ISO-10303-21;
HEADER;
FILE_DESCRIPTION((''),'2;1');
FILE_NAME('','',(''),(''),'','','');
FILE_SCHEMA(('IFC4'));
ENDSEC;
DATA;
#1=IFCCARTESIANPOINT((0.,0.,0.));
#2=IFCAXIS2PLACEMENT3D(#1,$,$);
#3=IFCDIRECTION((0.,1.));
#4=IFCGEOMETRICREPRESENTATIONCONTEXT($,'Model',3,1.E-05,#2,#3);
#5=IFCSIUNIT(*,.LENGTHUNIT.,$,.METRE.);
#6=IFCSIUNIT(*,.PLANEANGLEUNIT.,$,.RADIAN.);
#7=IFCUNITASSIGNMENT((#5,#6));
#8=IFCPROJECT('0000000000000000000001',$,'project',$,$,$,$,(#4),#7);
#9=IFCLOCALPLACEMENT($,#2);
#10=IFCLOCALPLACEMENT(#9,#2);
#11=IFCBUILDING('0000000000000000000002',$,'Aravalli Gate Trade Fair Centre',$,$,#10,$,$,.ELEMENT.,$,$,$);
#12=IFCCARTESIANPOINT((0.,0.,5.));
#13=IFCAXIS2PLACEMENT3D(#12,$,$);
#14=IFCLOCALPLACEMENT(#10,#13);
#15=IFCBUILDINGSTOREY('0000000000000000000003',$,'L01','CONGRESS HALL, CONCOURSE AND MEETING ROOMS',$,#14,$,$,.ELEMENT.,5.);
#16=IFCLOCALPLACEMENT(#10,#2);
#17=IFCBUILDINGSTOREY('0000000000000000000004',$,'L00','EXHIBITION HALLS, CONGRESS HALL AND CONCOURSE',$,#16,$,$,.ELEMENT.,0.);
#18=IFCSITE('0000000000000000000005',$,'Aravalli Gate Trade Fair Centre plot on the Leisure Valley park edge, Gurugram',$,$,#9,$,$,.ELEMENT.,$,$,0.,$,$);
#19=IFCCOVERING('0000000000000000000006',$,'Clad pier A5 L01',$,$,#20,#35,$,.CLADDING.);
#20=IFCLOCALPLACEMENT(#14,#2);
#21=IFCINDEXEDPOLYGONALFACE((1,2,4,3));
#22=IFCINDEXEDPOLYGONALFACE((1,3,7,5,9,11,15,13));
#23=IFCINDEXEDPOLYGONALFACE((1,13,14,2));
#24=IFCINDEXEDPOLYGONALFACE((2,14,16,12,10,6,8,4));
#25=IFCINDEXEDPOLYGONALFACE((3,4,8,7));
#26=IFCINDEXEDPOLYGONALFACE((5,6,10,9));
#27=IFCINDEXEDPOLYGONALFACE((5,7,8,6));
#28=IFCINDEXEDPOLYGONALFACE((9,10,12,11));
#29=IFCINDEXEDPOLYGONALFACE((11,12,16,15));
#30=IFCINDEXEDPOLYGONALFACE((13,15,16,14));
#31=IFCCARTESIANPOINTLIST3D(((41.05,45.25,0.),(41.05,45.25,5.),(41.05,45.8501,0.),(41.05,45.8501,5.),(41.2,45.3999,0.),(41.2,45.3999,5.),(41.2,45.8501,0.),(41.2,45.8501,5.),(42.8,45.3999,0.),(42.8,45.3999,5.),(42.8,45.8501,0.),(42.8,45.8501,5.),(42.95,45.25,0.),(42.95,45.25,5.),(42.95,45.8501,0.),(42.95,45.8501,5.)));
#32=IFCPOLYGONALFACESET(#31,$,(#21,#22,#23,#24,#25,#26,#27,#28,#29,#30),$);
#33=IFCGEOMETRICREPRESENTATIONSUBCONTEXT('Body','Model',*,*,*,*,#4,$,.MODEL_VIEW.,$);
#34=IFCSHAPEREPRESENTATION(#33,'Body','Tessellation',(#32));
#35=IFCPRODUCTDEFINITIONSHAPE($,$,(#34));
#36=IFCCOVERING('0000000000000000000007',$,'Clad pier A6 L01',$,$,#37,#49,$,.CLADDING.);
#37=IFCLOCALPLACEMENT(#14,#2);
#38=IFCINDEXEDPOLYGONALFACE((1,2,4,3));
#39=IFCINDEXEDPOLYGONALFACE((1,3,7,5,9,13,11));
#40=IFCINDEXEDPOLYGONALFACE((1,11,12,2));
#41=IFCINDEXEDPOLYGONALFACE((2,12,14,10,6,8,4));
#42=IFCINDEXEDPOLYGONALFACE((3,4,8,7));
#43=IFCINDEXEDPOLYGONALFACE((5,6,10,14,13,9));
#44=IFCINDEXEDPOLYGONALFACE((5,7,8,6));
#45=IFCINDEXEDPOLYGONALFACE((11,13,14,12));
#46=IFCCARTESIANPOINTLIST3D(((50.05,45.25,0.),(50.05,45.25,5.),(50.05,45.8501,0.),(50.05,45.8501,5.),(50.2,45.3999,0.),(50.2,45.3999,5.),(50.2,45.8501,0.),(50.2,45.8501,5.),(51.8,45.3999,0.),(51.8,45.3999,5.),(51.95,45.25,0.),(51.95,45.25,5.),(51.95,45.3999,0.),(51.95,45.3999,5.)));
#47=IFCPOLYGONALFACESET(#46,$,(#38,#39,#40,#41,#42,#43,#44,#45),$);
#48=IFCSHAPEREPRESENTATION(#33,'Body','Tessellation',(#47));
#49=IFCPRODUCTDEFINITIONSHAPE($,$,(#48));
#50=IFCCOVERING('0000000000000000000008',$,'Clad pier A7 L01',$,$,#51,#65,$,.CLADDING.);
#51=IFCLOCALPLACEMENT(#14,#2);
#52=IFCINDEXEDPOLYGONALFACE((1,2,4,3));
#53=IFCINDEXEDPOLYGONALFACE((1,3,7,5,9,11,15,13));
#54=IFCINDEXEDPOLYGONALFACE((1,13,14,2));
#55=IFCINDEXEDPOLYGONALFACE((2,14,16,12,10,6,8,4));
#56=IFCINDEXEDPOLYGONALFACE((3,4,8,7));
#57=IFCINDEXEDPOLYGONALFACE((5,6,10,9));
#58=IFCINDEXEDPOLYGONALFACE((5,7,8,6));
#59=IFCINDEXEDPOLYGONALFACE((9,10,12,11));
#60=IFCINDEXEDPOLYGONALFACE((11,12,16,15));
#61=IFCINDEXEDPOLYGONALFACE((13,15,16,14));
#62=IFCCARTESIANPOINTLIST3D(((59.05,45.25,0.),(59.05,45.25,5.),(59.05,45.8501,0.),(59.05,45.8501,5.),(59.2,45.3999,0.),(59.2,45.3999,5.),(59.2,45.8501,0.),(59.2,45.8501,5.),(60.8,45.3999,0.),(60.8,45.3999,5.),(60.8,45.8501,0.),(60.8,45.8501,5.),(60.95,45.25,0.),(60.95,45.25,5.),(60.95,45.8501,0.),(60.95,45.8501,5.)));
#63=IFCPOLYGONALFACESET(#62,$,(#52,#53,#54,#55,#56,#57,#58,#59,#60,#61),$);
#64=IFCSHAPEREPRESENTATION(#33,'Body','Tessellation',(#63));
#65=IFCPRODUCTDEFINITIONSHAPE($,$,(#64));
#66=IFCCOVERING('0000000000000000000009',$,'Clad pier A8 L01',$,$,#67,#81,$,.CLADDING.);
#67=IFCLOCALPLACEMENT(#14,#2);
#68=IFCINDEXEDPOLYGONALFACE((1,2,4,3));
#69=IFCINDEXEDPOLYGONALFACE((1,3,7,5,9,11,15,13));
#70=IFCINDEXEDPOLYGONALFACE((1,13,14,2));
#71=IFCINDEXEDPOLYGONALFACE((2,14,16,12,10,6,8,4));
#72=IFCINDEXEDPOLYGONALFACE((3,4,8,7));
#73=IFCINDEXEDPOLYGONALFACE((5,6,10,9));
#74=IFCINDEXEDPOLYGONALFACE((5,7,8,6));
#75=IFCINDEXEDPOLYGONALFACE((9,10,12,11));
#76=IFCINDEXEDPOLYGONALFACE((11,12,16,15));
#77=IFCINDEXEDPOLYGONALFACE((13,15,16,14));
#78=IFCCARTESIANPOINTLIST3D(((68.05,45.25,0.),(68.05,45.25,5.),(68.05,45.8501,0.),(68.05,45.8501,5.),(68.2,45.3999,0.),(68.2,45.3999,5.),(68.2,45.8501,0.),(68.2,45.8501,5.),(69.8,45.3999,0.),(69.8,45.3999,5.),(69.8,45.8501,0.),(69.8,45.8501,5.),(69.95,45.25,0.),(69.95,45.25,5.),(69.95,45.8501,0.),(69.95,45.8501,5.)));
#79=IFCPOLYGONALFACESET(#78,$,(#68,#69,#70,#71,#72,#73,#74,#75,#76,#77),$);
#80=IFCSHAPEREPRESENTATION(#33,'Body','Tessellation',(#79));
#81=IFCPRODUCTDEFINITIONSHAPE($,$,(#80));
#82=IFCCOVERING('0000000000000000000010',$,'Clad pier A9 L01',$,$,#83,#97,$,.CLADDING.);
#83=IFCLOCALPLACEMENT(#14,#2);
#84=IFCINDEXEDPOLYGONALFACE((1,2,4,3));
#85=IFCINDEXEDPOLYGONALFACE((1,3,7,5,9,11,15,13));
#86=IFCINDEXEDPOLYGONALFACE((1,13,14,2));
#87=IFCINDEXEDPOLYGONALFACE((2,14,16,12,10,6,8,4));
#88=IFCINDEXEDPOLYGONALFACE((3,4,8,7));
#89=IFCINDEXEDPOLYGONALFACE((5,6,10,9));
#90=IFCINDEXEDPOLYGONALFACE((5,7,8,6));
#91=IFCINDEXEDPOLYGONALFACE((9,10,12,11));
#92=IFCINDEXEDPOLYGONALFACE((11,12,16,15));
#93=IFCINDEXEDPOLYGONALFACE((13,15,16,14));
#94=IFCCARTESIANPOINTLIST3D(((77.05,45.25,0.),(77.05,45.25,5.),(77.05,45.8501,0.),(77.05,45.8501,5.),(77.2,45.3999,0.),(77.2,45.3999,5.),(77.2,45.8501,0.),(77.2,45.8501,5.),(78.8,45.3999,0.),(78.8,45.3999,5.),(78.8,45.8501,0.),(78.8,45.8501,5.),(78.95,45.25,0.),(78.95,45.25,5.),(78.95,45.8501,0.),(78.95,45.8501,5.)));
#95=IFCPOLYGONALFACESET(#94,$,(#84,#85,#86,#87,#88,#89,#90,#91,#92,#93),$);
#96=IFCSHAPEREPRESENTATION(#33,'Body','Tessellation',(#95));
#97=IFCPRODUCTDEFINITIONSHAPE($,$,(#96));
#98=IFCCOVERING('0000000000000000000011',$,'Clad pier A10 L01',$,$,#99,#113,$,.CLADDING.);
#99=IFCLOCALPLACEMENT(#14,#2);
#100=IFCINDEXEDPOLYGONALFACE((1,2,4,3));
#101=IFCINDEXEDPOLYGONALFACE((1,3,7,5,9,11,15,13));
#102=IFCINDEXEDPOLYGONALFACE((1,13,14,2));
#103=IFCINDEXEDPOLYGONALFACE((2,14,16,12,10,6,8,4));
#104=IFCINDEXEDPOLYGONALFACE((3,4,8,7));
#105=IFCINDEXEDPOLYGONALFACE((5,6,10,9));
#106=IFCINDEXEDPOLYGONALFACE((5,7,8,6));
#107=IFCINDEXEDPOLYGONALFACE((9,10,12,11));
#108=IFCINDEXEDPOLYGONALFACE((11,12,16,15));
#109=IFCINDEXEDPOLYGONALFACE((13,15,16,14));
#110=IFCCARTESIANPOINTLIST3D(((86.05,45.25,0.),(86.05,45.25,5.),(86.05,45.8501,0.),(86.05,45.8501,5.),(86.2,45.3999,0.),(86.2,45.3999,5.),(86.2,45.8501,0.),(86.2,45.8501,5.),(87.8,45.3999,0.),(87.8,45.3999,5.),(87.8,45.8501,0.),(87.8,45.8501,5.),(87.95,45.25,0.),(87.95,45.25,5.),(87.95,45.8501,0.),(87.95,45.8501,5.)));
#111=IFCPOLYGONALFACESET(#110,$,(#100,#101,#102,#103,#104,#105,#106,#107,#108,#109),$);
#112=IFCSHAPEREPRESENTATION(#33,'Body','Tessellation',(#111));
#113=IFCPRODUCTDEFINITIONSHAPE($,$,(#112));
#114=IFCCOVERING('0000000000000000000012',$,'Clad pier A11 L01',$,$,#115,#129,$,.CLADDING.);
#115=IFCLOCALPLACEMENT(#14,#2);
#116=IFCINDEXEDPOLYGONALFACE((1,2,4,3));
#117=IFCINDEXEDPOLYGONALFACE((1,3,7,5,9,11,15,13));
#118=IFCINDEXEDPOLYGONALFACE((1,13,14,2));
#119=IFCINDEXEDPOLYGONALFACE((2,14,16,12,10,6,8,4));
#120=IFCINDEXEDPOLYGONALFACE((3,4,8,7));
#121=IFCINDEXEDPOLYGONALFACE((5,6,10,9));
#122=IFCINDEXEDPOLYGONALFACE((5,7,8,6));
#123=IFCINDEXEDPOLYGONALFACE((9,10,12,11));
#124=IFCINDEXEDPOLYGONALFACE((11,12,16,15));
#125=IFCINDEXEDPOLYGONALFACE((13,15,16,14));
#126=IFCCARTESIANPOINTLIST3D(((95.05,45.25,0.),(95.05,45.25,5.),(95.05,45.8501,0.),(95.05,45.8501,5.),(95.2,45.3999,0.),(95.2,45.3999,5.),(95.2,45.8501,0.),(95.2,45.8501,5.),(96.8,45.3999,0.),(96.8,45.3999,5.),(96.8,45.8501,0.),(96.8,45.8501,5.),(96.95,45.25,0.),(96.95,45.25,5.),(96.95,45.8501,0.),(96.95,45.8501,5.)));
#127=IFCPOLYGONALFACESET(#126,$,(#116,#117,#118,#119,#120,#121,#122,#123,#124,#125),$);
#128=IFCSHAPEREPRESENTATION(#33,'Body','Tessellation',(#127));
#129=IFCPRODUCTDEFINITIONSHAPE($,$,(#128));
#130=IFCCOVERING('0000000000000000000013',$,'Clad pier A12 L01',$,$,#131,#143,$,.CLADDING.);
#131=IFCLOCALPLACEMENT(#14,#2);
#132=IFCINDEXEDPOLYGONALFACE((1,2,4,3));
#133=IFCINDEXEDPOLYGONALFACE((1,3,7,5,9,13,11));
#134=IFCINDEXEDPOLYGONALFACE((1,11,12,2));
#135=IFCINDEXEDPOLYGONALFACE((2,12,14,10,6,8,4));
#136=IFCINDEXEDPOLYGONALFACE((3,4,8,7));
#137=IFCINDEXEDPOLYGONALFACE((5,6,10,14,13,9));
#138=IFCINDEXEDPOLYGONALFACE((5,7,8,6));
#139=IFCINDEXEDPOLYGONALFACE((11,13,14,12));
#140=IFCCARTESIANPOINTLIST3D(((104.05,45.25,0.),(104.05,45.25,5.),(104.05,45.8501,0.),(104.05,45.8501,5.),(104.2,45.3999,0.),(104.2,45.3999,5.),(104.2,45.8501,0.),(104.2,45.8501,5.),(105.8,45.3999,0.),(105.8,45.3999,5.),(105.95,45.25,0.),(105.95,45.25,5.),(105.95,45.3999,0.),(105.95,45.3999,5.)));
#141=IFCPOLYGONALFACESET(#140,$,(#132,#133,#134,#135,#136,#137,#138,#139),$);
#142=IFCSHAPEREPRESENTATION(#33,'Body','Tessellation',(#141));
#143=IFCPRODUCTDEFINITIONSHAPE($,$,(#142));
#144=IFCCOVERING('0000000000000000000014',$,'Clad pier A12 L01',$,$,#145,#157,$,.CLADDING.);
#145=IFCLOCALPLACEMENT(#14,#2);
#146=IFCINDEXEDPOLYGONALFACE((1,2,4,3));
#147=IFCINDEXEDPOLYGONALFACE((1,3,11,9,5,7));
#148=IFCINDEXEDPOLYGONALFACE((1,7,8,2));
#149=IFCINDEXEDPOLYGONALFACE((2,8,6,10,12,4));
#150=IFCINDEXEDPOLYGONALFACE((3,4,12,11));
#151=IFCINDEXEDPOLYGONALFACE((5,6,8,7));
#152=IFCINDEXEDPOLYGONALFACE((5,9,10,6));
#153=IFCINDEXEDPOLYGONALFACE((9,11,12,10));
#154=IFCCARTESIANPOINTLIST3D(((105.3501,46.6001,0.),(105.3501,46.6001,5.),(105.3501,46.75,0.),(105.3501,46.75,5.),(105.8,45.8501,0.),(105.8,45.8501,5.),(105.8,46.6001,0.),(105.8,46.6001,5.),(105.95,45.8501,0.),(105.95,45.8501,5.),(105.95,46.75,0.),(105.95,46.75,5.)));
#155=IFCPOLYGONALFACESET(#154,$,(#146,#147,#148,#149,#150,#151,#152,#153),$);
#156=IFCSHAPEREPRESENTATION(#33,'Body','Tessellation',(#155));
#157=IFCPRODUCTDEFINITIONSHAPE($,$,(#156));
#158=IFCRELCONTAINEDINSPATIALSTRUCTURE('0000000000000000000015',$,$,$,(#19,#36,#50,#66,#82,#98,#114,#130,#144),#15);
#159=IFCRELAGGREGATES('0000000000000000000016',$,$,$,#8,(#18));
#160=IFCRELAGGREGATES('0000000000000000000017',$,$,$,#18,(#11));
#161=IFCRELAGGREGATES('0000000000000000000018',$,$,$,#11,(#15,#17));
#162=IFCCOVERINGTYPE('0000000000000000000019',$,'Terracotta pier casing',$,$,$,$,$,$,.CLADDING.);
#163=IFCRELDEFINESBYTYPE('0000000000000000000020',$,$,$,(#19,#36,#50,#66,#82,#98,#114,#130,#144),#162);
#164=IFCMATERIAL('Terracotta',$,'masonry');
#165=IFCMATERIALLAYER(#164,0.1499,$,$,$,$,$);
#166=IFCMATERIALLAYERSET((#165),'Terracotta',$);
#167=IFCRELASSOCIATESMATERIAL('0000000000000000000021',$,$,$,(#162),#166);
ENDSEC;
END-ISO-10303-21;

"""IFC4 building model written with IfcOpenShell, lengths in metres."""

from ifc_helpers import new_model, si_unit, direction, frame, origin, place, context, subcontext, project, spatial, polyline, outline, extrude, material, layer, layer_set, type_object, element, save


model = new_model("IFC4")

# Units and contexts
model_context = context("Model", 3, precision=1e-05, world=origin(), true_north=direction((0.0, 1.0)))
body_context = subcontext(model_context, "Body", "Model", "MODEL_VIEW")
ifc_project = project(units=[si_unit("LENGTHUNIT", "METRE"), si_unit("PLANEANGLEUNIT", "RADIAN")], contexts=[model_context])

# Site, building, storey
site_placement = place(None, origin())
site = spatial("IfcSite", under=ifc_project, at=site_placement, Name="Aravalli Gate Trade Fair Centre plot on the Leisure Valley park edge, Gurugram", CompositionType="ELEMENT", RefElevation=0.0)
building_placement = place(site_placement, origin())
building = spatial("IfcBuilding", under=site, at=building_placement, Name="Aravalli Gate Trade Fair Centre", CompositionType="ELEMENT")
storey_1_placement = place(building_placement, frame((0.0, 0.0, 5.0)))
storey_1 = spatial("IfcBuildingStorey", under=building, at=storey_1_placement, Name="L01", Description="CONGRESS HALL, CONCOURSE AND MEETING ROOMS", CompositionType="ELEMENT", Elevation=5.0)

# Shared definitions
storey_2_placement = place(building_placement, origin())
storey_2 = spatial("IfcBuildingStorey", under=building, at=storey_2_placement, Name="L00", Description="EXHIBITION HALLS, CONGRESS HALL AND CONCOURSE", CompositionType="ELEMENT", Elevation=0.0)

# Coverings
ifc_material_1 = material(Name="Terracotta", Category="masonry")
ifc_layer_1 = layer(ifc_material_1, 0.1499)
ifc_layer_set_1 = layer_set([ifc_layer_1], Name="Terracotta")
covering_type_1 = type_object("IfcCoveringType", Name="Terracotta pier casing", PredefinedType="CLADDING", material=ifc_layer_set_1)
covering_1_placement = place(storey_1_placement, origin())
element("IfcCovering", 1, at=covering_1_placement, inside=storey_1, type_object=covering_type_1, Name="Clad pier A5 L01", PredefinedType="CLADDING", context=body_context, shape_type="SweptSolid", body=[
    extrude(outline(polyline([(41.05, 45.8501), (41.2, 45.8501), (41.2, 45.3999), (42.8, 45.3999), (42.8, 45.8501), (42.95, 45.8501), (42.95, 45.25), (41.05, 45.25), (41.05, 45.8501)])), origin(), (0.0, 0.0, 1.0), 5.0),
])
covering_2_placement = place(storey_1_placement, origin())
element("IfcCovering", 2, at=covering_2_placement, inside=storey_1, type_object=covering_type_1, Name="Clad pier A6 L01", PredefinedType="CLADDING", context=body_context, shape_type="SweptSolid", body=[
    extrude(outline(polyline([(50.2, 45.8501), (50.2, 45.3999), (51.8, 45.3999), (51.95, 45.3999), (51.95, 45.25), (50.05, 45.25), (50.05, 45.8501), (50.2, 45.8501)])), origin(), (0.0, 0.0, 1.0), 5.0),
])
covering_3_placement = place(storey_1_placement, origin())
element("IfcCovering", 3, at=covering_3_placement, inside=storey_1, type_object=covering_type_1, Name="Clad pier A7 L01", PredefinedType="CLADDING", context=body_context, shape_type="SweptSolid", body=[
    extrude(outline(polyline([(59.05, 45.8501), (59.2, 45.8501), (59.2, 45.3999), (60.8, 45.3999), (60.8, 45.8501), (60.95, 45.8501), (60.95, 45.25), (59.05, 45.25), (59.05, 45.8501)])), origin(), (0.0, 0.0, 1.0), 5.0),
])
covering_4_placement = place(storey_1_placement, origin())
element("IfcCovering", 4, at=covering_4_placement, inside=storey_1, type_object=covering_type_1, Name="Clad pier A8 L01", PredefinedType="CLADDING", context=body_context, shape_type="SweptSolid", body=[
    extrude(outline(polyline([(68.05, 45.8501), (68.2, 45.8501), (68.2, 45.3999), (69.8, 45.3999), (69.8, 45.8501), (69.95, 45.8501), (69.95, 45.25), (68.05, 45.25), (68.05, 45.8501)])), origin(), (0.0, 0.0, 1.0), 5.0),
])
covering_5_placement = place(storey_1_placement, origin())
element("IfcCovering", 5, at=covering_5_placement, inside=storey_1, type_object=covering_type_1, Name="Clad pier A9 L01", PredefinedType="CLADDING", context=body_context, shape_type="SweptSolid", body=[
    extrude(outline(polyline([(77.05, 45.8501), (77.2, 45.8501), (77.2, 45.3999), (78.8, 45.3999), (78.8, 45.8501), (78.95, 45.8501), (78.95, 45.25), (77.05, 45.25), (77.05, 45.8501)])), origin(), (0.0, 0.0, 1.0), 5.0),
])
covering_6_placement = place(storey_1_placement, origin())
element("IfcCovering", 6, at=covering_6_placement, inside=storey_1, type_object=covering_type_1, Name="Clad pier A10 L01", PredefinedType="CLADDING", context=body_context, shape_type="SweptSolid", body=[
    extrude(outline(polyline([(86.05, 45.8501), (86.2, 45.8501), (86.2, 45.3999), (87.8, 45.3999), (87.8, 45.8501), (87.95, 45.8501), (87.95, 45.25), (86.05, 45.25), (86.05, 45.8501)])), origin(), (0.0, 0.0, 1.0), 5.0),
])
covering_7_placement = place(storey_1_placement, origin())
element("IfcCovering", 7, at=covering_7_placement, inside=storey_1, type_object=covering_type_1, Name="Clad pier A11 L01", PredefinedType="CLADDING", context=body_context, shape_type="SweptSolid", body=[
    extrude(outline(polyline([(95.05, 45.8501), (95.2, 45.8501), (95.2, 45.3999), (96.8, 45.3999), (96.8, 45.8501), (96.95, 45.8501), (96.95, 45.25), (95.05, 45.25), (95.05, 45.8501)])), origin(), (0.0, 0.0, 1.0), 5.0),
])
covering_8_placement = place(storey_1_placement, origin())
element("IfcCovering", 8, at=covering_8_placement, inside=storey_1, type_object=covering_type_1, Name="Clad pier A12 L01", PredefinedType="CLADDING", context=body_context, shape_type="SweptSolid", body=[
    extrude(outline(polyline([(104.2, 45.8501), (104.2, 45.3999), (105.8, 45.3999), (105.95, 45.3999), (105.95, 45.25), (104.05, 45.25), (104.05, 45.8501), (104.2, 45.8501)])), origin(), (0.0, 0.0, 1.0), 5.0),
])
covering_9_placement = place(storey_1_placement, origin())
element("IfcCovering", 9, at=covering_9_placement, inside=storey_1, type_object=covering_type_1, Name="Clad pier A12 L01", PredefinedType="CLADDING", context=body_context, shape_type="SweptSolid", body=[
    extrude(outline(polyline([(105.8, 46.6001), (105.3501, 46.6001), (105.3501, 46.75), (105.95, 46.75), (105.95, 45.8501), (105.8, 45.8501), (105.8, 46.6001)])), origin(), (0.0, 0.0, 1.0), 5.0),
])

save(model, "model.ifc")
